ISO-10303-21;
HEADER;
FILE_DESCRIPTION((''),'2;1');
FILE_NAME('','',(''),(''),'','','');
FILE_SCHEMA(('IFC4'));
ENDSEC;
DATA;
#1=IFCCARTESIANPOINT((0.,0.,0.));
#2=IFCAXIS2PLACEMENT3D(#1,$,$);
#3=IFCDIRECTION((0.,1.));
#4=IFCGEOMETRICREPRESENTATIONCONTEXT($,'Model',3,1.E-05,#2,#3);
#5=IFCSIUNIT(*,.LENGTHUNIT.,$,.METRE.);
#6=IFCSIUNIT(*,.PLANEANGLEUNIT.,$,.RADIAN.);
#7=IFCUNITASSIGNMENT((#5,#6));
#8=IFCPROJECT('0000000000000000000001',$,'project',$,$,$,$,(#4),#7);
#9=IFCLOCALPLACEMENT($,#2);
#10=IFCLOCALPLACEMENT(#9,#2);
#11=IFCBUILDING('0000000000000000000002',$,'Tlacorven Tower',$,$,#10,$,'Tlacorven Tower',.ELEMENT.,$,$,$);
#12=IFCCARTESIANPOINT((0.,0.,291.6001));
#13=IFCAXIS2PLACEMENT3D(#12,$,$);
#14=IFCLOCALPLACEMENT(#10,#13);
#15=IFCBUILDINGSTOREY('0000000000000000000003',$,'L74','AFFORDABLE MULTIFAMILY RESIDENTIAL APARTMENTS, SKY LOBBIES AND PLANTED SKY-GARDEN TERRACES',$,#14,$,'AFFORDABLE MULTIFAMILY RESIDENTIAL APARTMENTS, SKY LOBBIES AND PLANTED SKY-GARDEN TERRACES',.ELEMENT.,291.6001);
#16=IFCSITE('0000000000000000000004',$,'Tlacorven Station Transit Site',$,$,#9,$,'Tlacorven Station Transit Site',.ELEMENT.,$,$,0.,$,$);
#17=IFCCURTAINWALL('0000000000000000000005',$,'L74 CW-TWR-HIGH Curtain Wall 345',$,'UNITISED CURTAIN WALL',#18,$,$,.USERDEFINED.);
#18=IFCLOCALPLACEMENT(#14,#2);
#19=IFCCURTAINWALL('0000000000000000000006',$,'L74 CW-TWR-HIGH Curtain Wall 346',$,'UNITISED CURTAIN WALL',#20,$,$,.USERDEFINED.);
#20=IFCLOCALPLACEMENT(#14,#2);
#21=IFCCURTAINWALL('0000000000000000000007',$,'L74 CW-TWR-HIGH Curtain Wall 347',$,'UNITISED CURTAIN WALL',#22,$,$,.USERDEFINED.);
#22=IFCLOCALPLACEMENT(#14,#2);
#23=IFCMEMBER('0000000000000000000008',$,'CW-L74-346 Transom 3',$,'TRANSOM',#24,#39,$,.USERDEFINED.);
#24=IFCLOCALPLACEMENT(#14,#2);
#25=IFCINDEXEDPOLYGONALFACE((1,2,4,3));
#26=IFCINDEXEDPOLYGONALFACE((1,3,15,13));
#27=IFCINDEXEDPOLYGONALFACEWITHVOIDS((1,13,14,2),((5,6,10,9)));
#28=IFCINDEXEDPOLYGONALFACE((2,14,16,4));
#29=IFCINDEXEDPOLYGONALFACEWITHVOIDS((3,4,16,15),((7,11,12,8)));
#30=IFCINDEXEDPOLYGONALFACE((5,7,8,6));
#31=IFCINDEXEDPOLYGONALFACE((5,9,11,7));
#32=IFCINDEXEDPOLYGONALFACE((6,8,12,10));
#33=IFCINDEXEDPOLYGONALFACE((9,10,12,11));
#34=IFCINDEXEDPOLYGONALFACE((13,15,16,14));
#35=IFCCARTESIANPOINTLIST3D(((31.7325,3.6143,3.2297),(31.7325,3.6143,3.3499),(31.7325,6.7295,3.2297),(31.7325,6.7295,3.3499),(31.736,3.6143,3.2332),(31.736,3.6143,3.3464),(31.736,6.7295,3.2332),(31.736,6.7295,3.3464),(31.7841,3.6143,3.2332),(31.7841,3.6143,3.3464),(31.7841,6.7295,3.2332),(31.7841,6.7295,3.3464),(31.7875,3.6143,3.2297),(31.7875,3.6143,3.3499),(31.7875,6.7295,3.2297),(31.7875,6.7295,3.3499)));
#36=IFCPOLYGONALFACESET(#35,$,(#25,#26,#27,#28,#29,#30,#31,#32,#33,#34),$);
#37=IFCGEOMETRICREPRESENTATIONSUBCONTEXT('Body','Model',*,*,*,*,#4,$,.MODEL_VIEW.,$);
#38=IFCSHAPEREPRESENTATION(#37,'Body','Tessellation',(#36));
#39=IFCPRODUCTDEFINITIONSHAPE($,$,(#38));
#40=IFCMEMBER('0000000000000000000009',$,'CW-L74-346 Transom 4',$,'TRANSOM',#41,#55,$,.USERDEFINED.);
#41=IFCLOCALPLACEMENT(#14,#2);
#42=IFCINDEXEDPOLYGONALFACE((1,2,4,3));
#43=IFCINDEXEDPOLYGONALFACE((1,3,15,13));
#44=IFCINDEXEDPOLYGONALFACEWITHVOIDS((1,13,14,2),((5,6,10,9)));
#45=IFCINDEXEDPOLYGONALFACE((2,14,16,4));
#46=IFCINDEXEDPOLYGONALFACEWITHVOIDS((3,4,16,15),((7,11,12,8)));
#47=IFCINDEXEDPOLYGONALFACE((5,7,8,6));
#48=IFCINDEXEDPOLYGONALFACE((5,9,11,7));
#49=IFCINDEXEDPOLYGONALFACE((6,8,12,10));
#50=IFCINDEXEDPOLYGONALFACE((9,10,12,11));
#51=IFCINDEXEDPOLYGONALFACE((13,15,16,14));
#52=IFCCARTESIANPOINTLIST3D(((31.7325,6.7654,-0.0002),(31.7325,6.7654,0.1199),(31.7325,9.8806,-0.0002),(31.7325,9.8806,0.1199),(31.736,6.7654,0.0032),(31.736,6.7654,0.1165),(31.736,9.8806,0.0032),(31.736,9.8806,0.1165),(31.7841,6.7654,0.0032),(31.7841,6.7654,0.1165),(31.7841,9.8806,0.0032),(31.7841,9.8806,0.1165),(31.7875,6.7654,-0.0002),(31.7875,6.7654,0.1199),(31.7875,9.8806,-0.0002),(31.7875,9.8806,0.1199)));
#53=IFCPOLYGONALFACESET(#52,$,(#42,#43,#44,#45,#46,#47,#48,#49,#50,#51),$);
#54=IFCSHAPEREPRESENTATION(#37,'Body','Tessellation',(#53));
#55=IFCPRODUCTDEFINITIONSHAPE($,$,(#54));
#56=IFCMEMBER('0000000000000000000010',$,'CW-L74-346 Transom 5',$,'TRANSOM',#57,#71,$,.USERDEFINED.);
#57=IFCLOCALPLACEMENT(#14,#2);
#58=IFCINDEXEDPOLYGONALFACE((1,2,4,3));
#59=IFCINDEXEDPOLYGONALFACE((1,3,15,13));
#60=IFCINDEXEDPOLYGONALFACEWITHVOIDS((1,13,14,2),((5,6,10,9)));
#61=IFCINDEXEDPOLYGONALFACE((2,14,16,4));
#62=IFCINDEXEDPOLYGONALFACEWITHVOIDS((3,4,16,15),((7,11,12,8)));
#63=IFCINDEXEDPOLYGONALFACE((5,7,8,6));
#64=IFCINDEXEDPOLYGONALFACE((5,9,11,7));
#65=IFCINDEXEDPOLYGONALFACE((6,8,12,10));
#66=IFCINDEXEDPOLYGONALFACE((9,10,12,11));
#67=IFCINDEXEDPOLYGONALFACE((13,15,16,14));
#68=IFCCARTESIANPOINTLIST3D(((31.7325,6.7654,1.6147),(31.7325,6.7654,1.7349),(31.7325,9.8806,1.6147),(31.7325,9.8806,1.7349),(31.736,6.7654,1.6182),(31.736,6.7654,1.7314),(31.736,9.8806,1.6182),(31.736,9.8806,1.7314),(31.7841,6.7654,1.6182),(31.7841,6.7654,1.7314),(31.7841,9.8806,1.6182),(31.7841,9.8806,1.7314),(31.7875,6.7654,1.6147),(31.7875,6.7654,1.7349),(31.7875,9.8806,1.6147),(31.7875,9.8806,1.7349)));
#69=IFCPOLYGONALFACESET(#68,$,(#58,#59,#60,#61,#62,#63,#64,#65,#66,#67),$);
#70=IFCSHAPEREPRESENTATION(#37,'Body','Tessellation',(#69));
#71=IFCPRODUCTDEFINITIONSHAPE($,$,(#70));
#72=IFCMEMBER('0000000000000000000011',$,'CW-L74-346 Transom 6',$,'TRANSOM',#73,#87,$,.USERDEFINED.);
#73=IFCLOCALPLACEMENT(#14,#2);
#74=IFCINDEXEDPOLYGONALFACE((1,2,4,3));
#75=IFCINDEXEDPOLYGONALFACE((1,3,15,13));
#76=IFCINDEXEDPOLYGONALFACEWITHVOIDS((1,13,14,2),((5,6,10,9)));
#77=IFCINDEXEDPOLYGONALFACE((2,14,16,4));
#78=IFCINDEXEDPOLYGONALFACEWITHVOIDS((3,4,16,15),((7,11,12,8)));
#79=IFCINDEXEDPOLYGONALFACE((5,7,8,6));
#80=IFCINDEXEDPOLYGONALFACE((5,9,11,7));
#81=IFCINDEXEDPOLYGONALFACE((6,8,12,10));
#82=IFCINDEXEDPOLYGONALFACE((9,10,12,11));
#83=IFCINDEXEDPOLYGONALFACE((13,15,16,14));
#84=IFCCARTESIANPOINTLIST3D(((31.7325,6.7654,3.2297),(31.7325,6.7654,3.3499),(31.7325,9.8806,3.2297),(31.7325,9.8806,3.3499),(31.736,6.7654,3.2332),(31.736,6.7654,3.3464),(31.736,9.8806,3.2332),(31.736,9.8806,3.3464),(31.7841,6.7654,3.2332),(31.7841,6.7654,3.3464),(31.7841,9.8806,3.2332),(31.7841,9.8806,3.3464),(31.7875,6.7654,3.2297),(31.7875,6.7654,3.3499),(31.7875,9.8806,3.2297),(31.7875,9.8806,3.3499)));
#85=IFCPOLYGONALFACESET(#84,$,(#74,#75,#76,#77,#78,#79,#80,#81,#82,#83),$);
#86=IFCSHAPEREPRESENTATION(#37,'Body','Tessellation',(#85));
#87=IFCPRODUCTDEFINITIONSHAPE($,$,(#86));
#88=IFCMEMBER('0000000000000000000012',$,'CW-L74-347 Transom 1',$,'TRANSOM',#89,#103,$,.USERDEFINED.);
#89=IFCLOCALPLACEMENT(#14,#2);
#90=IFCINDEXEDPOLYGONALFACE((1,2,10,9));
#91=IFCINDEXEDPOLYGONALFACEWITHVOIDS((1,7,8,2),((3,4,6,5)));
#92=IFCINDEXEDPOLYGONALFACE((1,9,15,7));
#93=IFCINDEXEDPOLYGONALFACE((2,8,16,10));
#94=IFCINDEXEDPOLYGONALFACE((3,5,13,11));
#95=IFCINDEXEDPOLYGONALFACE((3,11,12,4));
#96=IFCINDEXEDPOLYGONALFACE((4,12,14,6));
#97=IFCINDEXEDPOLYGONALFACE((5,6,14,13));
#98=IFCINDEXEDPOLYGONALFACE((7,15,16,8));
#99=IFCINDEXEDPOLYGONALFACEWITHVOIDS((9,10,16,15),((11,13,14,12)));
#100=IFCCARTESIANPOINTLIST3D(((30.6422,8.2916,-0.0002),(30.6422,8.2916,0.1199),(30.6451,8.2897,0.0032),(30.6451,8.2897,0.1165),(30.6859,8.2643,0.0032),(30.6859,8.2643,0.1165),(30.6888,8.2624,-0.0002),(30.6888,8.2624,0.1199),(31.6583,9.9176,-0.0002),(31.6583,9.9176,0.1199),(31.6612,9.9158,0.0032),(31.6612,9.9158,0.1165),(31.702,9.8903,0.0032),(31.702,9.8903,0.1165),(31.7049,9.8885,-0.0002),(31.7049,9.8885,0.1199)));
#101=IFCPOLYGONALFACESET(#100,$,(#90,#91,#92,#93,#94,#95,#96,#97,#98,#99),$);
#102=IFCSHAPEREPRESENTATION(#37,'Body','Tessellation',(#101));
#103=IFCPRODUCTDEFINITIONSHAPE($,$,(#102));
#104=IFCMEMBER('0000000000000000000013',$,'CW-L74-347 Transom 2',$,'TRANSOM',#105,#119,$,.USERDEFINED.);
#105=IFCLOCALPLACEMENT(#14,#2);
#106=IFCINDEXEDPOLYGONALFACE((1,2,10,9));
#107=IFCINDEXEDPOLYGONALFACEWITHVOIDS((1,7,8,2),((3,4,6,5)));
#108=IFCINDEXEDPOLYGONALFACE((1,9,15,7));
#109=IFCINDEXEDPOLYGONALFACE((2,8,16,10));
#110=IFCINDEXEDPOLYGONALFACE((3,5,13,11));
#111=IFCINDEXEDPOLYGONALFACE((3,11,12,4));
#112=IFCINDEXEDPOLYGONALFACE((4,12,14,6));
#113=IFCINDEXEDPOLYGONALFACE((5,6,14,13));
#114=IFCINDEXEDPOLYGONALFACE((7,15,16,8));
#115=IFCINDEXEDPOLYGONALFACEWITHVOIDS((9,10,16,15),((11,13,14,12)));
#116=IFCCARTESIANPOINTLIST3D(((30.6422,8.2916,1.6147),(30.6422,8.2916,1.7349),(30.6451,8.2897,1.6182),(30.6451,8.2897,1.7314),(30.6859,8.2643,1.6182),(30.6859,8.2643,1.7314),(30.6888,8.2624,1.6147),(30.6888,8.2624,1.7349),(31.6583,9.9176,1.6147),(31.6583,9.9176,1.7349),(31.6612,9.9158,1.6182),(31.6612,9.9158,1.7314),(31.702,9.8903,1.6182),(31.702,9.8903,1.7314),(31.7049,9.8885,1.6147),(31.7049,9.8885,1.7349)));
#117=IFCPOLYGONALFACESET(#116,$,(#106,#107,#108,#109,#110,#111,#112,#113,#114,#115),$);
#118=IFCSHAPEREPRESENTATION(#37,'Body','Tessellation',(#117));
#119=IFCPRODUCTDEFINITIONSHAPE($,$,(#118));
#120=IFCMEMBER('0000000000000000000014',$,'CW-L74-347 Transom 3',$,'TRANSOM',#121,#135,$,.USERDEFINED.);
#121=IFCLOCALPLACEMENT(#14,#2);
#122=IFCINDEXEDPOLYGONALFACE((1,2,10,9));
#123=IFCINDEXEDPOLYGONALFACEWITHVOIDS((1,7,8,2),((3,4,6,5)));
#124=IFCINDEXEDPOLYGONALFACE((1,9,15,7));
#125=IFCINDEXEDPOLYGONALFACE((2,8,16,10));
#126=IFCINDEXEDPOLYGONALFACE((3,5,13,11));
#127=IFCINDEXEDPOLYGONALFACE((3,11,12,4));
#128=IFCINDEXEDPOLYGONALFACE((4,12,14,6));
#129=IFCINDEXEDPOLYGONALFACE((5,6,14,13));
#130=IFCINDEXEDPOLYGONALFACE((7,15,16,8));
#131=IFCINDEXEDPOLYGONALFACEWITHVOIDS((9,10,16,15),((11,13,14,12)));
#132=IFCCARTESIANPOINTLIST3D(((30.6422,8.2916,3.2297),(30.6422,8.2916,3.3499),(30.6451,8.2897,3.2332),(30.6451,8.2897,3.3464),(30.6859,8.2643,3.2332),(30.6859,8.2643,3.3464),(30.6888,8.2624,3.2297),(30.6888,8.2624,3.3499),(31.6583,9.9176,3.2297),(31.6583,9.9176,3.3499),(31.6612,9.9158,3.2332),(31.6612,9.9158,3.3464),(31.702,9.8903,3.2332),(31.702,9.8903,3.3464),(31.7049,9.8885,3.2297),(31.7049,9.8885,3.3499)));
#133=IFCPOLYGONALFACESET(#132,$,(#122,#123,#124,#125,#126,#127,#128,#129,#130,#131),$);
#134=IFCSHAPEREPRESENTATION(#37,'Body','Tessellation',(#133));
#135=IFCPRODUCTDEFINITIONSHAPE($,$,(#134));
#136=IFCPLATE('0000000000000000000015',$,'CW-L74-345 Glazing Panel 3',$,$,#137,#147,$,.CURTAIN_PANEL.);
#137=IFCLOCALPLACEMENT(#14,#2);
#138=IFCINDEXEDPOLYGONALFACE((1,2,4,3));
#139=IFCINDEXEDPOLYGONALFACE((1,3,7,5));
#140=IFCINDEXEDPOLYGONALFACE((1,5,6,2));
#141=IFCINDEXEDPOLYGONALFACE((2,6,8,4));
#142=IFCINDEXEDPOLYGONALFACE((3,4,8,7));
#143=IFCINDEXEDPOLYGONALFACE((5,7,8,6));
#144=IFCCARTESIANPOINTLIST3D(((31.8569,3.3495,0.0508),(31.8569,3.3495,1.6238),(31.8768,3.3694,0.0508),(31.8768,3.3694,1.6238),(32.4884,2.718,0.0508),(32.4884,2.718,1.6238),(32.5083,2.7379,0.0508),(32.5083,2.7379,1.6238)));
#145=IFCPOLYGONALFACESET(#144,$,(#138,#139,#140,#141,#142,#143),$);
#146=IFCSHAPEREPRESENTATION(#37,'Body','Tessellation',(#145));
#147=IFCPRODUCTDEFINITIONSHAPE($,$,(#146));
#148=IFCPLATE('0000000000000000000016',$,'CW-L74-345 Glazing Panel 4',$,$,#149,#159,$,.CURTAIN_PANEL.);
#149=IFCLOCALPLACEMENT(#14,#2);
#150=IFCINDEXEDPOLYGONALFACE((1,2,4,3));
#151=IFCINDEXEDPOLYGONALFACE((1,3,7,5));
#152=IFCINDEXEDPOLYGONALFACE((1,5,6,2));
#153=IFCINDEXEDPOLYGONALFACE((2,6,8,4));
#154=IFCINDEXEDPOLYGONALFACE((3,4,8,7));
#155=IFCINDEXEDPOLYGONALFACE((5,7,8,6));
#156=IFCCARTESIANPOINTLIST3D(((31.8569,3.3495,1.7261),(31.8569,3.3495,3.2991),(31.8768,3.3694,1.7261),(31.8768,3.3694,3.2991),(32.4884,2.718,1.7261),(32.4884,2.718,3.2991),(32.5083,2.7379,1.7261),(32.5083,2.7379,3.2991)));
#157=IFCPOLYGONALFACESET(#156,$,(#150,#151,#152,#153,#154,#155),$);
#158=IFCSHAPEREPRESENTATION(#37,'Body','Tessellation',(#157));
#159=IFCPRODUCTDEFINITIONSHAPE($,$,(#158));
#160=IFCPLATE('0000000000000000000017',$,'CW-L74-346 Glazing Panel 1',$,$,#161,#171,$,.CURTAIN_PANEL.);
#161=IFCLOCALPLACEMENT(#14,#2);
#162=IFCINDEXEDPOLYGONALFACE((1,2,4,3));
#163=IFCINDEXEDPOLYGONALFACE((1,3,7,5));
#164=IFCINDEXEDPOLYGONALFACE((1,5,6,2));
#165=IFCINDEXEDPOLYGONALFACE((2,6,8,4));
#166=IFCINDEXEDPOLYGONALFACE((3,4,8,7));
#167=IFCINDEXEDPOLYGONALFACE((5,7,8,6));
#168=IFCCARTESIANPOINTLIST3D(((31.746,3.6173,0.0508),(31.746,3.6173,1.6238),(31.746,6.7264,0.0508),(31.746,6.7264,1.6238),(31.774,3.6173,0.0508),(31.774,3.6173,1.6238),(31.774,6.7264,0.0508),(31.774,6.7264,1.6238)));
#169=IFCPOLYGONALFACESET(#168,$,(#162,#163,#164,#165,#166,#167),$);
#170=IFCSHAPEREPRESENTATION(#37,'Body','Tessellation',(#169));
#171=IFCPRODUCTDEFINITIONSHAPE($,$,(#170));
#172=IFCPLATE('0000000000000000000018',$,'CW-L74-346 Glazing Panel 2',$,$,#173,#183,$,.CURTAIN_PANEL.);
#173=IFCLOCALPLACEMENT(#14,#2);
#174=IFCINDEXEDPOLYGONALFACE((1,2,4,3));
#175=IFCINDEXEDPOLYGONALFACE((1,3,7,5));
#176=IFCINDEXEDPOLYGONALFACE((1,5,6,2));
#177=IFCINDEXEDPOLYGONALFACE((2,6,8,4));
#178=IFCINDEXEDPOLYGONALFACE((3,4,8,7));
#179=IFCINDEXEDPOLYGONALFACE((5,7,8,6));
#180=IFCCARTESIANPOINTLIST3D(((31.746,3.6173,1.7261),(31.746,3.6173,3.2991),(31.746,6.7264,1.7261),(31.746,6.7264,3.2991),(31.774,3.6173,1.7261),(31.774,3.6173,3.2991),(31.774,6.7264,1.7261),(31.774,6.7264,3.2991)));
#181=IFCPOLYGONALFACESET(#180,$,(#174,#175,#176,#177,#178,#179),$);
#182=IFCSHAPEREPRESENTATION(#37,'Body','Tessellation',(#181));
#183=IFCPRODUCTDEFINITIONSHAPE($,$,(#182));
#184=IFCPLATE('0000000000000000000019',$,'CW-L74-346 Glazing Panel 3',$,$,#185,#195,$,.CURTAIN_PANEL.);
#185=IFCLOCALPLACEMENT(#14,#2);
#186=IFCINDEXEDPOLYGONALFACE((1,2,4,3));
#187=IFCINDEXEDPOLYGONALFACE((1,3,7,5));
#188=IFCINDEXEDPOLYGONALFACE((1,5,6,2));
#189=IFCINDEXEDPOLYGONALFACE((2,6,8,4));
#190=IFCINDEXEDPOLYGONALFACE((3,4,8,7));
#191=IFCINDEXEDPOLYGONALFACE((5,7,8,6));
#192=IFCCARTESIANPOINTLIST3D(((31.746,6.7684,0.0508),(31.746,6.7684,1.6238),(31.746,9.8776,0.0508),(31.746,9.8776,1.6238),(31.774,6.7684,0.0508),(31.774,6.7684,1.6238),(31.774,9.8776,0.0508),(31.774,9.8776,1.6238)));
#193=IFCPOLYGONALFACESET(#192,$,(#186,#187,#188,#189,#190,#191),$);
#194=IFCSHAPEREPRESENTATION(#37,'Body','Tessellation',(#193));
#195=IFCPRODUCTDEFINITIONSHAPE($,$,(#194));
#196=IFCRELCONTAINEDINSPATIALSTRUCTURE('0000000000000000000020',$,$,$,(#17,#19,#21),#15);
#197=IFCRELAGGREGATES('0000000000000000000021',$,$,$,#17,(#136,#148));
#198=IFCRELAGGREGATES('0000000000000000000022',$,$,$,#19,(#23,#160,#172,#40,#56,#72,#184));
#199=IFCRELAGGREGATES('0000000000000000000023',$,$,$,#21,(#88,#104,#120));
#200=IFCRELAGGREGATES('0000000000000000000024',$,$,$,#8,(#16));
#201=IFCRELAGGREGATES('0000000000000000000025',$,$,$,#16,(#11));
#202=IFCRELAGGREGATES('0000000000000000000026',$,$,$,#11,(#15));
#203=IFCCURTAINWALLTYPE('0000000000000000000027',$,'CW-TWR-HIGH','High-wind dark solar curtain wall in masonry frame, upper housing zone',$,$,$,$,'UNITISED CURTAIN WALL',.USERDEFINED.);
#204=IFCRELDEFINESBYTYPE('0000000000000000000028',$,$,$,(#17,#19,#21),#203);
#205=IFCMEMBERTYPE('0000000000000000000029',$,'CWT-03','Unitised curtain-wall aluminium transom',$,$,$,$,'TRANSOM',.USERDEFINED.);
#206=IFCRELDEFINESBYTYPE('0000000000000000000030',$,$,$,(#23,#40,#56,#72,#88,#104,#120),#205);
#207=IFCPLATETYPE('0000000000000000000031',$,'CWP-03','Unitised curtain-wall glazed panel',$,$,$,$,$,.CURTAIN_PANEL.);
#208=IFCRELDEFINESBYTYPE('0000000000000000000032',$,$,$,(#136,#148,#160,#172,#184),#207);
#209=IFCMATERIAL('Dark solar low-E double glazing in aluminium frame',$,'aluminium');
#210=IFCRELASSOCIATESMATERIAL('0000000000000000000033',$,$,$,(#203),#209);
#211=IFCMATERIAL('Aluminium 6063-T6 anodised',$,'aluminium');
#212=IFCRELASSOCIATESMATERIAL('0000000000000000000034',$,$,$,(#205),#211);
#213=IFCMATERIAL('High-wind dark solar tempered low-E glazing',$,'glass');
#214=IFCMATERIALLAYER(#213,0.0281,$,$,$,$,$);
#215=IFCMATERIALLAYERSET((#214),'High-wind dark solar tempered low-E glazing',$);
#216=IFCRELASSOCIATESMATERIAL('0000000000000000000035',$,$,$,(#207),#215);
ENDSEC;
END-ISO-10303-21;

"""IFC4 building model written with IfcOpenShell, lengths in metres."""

from ifc_helpers import new_model, si_unit, direction, frame, origin, origin_2d, place, context, subcontext, project, spatial, rectangle, hollow_rectangle, extrude, source, transform, mapped, material, layer, layer_set, material_profile, profile_set, type_object, element, aggregate, save


model = new_model("IFC4")

# Units and contexts
model_context = context("Model", 3, precision=1e-05, world=origin(), true_north=direction((0.0, 1.0)))
body_context = subcontext(model_context, "Body", "Model", "MODEL_VIEW")
ifc_project = project(units=[si_unit("LENGTHUNIT", "METRE"), si_unit("PLANEANGLEUNIT", "RADIAN")], contexts=[model_context])

# Site, building, storey
site_placement = place(None, origin())
site = spatial("IfcSite", under=ifc_project, at=site_placement, Name="Tlacorven Station Transit Site", LongName="Tlacorven Station Transit Site", CompositionType="ELEMENT", RefElevation=0.0)
building_placement = place(site_placement, origin())
building = spatial("IfcBuilding", under=site, at=building_placement, Name="Tlacorven Tower", LongName="Tlacorven Tower", CompositionType="ELEMENT")
storey_placement = place(building_placement, frame((0.0, 0.0, 291.6001)))
storey = spatial("IfcBuildingStorey", under=building, at=storey_placement, Name="L74", Description="AFFORDABLE MULTIFAMILY RESIDENTIAL APARTMENTS, SKY LOBBIES AND PLANTED SKY-GARDEN TERRACES", LongName="AFFORDABLE MULTIFAMILY RESIDENTIAL APARTMENTS, SKY LOBBIES AND PLANTED SKY-GARDEN TERRACES", CompositionType="ELEMENT", Elevation=291.6001)

# Curtain walls
ifc_material_1 = material(Name="Dark solar low-E double glazing in aluminium frame", Category="aluminium")
curtain_wall_type = type_object("IfcCurtainWallType", Name="CW-TWR-HIGH", Description="High-wind dark solar curtain wall in masonry frame, upper housing zone", ElementType="UNITISED CURTAIN WALL", PredefinedType="USERDEFINED", material=ifc_material_1)
curtain_wall_1_placement = place(storey_placement, origin())
curtain_wall_1 = element("IfcCurtainWall", 1, at=curtain_wall_1_placement, inside=storey, type_object=curtain_wall_type, Name="L74 CW-TWR-HIGH Curtain Wall 345", ObjectType="UNITISED CURTAIN WALL", PredefinedType="USERDEFINED")
ifc_material_2 = material(Name="Aluminium 6063-T6 anodised", Category="aluminium")
ifc_material_profile_1 = material_profile(ifc_material_2, hollow_rectangle(XDim=0.0549, YDim=0.1201, WallThickness=0.0034, at=origin_2d()), Name="ALU TRANSOM 55X120")
ifc_profile_set_1 = profile_set([ifc_material_profile_1], Name="Aluminium 6063-T6 anodised")
member_type_1 = type_object("IfcMemberType", Name="CWT-03", Description="Unitised curtain-wall aluminium transom", ElementType="TRANSOM", PredefinedType="USERDEFINED", material=ifc_profile_set_1)
curtain_wall_2_placement = place(storey_placement, origin())
curtain_wall_2 = element("IfcCurtainWall", 2, at=curtain_wall_2_placement, inside=storey, type_object=curtain_wall_type, Name="L74 CW-TWR-HIGH Curtain Wall 346", ObjectType="UNITISED CURTAIN WALL", PredefinedType="USERDEFINED")

# Curtain wall
curtain_wall_3_placement = place(storey_placement, origin())
curtain_wall_3 = element("IfcCurtainWall", 3, at=curtain_wall_3_placement, inside=storey, type_object=curtain_wall_type, Name="L74 CW-TWR-HIGH Curtain Wall 347", ObjectType="UNITISED CURTAIN WALL", PredefinedType="USERDEFINED")

# Members
shared_shape_1 = source(origin(), body_context, "Body", "SweptSolid", [
    extrude(hollow_rectangle(XDim=0.0549, YDim=0.1201, WallThickness=0.0034, at=origin_2d()), origin(), (0.0, 0.0, 1.0), 3.1152),
])
member_1_placement = place(storey_placement, frame((31.76, 3.6143, 3.2898), z_axis=(0.0, 1.0, 0.0), x_axis=(-1.0, 0.0, 0.0)))
member_1 = element("IfcMember", 4, at=member_1_placement, type_object=member_type_1, Name="CW-L74-346 Transom 3", ObjectType="TRANSOM", PredefinedType="USERDEFINED", context=body_context, shape_type="MappedRepresentation", body=[
    mapped(shared_shape_1, transform((0.0, 0.0, 0.0), scale=1.0)),
])
member_2_placement = place(storey_placement, frame((31.76, 6.7654, 0.0598), z_axis=(0.0, 1.0, 0.0), x_axis=(-1.0, 0.0, 0.0)))
member_2 = element("IfcMember", 5, at=member_2_placement, type_object=member_type_1, Name="CW-L74-346 Transom 4", ObjectType="TRANSOM", PredefinedType="USERDEFINED", context=body_context, shape_type="MappedRepresentation", body=[
    mapped(shared_shape_1, transform((0.0, 0.0, 0.0), scale=1.0)),
])
member_3_placement = place(storey_placement, frame((31.76, 6.7654, 1.6748), z_axis=(0.0, 1.0, 0.0), x_axis=(-1.0, 0.0, 0.0)))
member_3 = element("IfcMember", 6, at=member_3_placement, type_object=member_type_1, Name="CW-L74-346 Transom 5", ObjectType="TRANSOM", PredefinedType="USERDEFINED", context=body_context, shape_type="MappedRepresentation", body=[
    mapped(shared_shape_1, transform((0.0, 0.0, 0.0), scale=1.0)),
])
member_4_placement = place(storey_placement, frame((31.76, 6.7654, 3.2898), z_axis=(0.0, 1.0, 0.0), x_axis=(-1.0, 0.0, 0.0)))
member_4 = element("IfcMember", 7, at=member_4_placement, type_object=member_type_1, Name="CW-L74-346 Transom 6", ObjectType="TRANSOM", PredefinedType="USERDEFINED", context=body_context, shape_type="MappedRepresentation", body=[
    mapped(shared_shape_1, transform((0.0, 0.0, 0.0), scale=1.0)),
])
shared_shape_2 = source(origin(), body_context, "Body", "SweptSolid", [
    extrude(hollow_rectangle(XDim=0.0549, YDim=0.1201, WallThickness=0.0034, at=origin_2d()), origin(), (0.0, 0.0, 1.0), 1.9175),
])
member_5_placement = place(storey_placement, frame((31.6816, 9.9031, 0.0598), z_axis=(-0.529953, -0.848027, 0.0), x_axis=(0.848027, -0.529953, 0.0)))
member_5 = element("IfcMember", 8, at=member_5_placement, type_object=member_type_1, Name="CW-L74-347 Transom 1", ObjectType="TRANSOM", PredefinedType="USERDEFINED", context=body_context, shape_type="MappedRepresentation", body=[
    mapped(shared_shape_2, transform((0.0, 0.0, 0.0), scale=1.0)),
])
member_6_placement = place(storey_placement, frame((31.6816, 9.9031, 1.6748), z_axis=(-0.529953, -0.848027, 0.0), x_axis=(0.848027, -0.529953, 0.0)))
member_6 = element("IfcMember", 9, at=member_6_placement, type_object=member_type_1, Name="CW-L74-347 Transom 2", ObjectType="TRANSOM", PredefinedType="USERDEFINED", context=body_context, shape_type="MappedRepresentation", body=[
    mapped(shared_shape_2, transform((0.0, 0.0, 0.0), scale=1.0)),
])
member_7_placement = place(storey_placement, frame((31.6816, 9.9031, 3.2898), z_axis=(-0.529953, -0.848027, 0.0), x_axis=(0.848027, -0.529953, 0.0)))
member_7 = element("IfcMember", 10, at=member_7_placement, type_object=member_type_1, Name="CW-L74-347 Transom 3", ObjectType="TRANSOM", PredefinedType="USERDEFINED", context=body_context, shape_type="MappedRepresentation", body=[
    mapped(shared_shape_2, transform((0.0, 0.0, 0.0), scale=1.0)),
])

# Plates
ifc_material_3 = material(Name="High-wind dark solar tempered low-E glazing", Category="glass")
ifc_layer_1 = layer(ifc_material_3, 0.0281)
ifc_layer_set_1 = layer_set([ifc_layer_1], Name="High-wind dark solar tempered low-E glazing")
plate_type = type_object("IfcPlateType", Name="CWP-03", Description="Unitised curtain-wall glazed panel", PredefinedType="CURTAIN_PANEL", material=ifc_layer_set_1)
shared_shape_3 = source(origin(), body_context, "Body", "SweptSolid", [
    extrude(rectangle(XDim=0.8931, YDim=0.0281, at=origin_2d()), origin(), (0.0, 0.0, 1.0), 1.573),
])
plate_1_placement = place(storey_placement, frame((32.1826, 3.0437, 0.0508), z_axis=(0.0, 0.0, 1.0), x_axis=(-0.707107, 0.707107, 0.0)))
plate_1 = element("IfcPlate", 11, at=plate_1_placement, type_object=plate_type, Name="CW-L74-345 Glazing Panel 3", PredefinedType="CURTAIN_PANEL", context=body_context, shape_type="MappedRepresentation", body=[
    mapped(shared_shape_3, transform((0.0, 0.0, 0.0), scale=1.0)),
])
plate_2_placement = place(storey_placement, frame((32.1826, 3.0437, 1.7261), z_axis=(0.0, 0.0, 1.0), x_axis=(-0.707107, 0.707107, 0.0)))
plate_2 = element("IfcPlate", 12, at=plate_2_placement, type_object=plate_type, Name="CW-L74-345 Glazing Panel 4", PredefinedType="CURTAIN_PANEL", context=body_context, shape_type="MappedRepresentation", body=[
    mapped(shared_shape_3, transform((0.0, 0.0, 0.0), scale=1.0)),
])
aggregate(curtain_wall_1, [plate_1, plate_2])
shared_shape_4 = source(origin(), body_context, "Body", "SweptSolid", [
    extrude(rectangle(XDim=3.1091, YDim=0.0281, at=origin_2d()), origin(), (0.0, 0.0, 1.0), 1.573),
])
plate_3_placement = place(storey_placement, frame((31.76, 5.1719, 0.0508), z_axis=(0.0, 0.0, 1.0), x_axis=(0.0, 1.0, 0.0)))
plate_3 = element("IfcPlate", 13, at=plate_3_placement, type_object=plate_type, Name="CW-L74-346 Glazing Panel 1", PredefinedType="CURTAIN_PANEL", context=body_context, shape_type="MappedRepresentation", body=[
    mapped(shared_shape_4, transform((0.0, 0.0, 0.0), scale=1.0)),
])
plate_4_placement = place(storey_placement, frame((31.76, 5.1719, 1.7261), z_axis=(0.0, 0.0, 1.0), x_axis=(0.0, 1.0, 0.0)))
plate_4 = element("IfcPlate", 14, at=plate_4_placement, type_object=plate_type, Name="CW-L74-346 Glazing Panel 2", PredefinedType="CURTAIN_PANEL", context=body_context, shape_type="MappedRepresentation", body=[
    mapped(shared_shape_4, transform((0.0, 0.0, 0.0), scale=1.0)),
])
plate_5_placement = place(storey_placement, frame((31.76, 8.323, 0.0508), z_axis=(0.0, 0.0, 1.0), x_axis=(0.0, 1.0, 0.0)))
plate_5 = element("IfcPlate", 15, at=plate_5_placement, type_object=plate_type, Name="CW-L74-346 Glazing Panel 3", PredefinedType="CURTAIN_PANEL", context=body_context, shape_type="MappedRepresentation", body=[
    mapped(shared_shape_4, transform((0.0, 0.0, 0.0), scale=1.0)),
])
aggregate(curtain_wall_2, [member_1, plate_3, plate_4, member_2, member_3, member_4, plate_5])
aggregate(curtain_wall_3, [member_5, member_6, member_7])

save(model, "model.ifc")
